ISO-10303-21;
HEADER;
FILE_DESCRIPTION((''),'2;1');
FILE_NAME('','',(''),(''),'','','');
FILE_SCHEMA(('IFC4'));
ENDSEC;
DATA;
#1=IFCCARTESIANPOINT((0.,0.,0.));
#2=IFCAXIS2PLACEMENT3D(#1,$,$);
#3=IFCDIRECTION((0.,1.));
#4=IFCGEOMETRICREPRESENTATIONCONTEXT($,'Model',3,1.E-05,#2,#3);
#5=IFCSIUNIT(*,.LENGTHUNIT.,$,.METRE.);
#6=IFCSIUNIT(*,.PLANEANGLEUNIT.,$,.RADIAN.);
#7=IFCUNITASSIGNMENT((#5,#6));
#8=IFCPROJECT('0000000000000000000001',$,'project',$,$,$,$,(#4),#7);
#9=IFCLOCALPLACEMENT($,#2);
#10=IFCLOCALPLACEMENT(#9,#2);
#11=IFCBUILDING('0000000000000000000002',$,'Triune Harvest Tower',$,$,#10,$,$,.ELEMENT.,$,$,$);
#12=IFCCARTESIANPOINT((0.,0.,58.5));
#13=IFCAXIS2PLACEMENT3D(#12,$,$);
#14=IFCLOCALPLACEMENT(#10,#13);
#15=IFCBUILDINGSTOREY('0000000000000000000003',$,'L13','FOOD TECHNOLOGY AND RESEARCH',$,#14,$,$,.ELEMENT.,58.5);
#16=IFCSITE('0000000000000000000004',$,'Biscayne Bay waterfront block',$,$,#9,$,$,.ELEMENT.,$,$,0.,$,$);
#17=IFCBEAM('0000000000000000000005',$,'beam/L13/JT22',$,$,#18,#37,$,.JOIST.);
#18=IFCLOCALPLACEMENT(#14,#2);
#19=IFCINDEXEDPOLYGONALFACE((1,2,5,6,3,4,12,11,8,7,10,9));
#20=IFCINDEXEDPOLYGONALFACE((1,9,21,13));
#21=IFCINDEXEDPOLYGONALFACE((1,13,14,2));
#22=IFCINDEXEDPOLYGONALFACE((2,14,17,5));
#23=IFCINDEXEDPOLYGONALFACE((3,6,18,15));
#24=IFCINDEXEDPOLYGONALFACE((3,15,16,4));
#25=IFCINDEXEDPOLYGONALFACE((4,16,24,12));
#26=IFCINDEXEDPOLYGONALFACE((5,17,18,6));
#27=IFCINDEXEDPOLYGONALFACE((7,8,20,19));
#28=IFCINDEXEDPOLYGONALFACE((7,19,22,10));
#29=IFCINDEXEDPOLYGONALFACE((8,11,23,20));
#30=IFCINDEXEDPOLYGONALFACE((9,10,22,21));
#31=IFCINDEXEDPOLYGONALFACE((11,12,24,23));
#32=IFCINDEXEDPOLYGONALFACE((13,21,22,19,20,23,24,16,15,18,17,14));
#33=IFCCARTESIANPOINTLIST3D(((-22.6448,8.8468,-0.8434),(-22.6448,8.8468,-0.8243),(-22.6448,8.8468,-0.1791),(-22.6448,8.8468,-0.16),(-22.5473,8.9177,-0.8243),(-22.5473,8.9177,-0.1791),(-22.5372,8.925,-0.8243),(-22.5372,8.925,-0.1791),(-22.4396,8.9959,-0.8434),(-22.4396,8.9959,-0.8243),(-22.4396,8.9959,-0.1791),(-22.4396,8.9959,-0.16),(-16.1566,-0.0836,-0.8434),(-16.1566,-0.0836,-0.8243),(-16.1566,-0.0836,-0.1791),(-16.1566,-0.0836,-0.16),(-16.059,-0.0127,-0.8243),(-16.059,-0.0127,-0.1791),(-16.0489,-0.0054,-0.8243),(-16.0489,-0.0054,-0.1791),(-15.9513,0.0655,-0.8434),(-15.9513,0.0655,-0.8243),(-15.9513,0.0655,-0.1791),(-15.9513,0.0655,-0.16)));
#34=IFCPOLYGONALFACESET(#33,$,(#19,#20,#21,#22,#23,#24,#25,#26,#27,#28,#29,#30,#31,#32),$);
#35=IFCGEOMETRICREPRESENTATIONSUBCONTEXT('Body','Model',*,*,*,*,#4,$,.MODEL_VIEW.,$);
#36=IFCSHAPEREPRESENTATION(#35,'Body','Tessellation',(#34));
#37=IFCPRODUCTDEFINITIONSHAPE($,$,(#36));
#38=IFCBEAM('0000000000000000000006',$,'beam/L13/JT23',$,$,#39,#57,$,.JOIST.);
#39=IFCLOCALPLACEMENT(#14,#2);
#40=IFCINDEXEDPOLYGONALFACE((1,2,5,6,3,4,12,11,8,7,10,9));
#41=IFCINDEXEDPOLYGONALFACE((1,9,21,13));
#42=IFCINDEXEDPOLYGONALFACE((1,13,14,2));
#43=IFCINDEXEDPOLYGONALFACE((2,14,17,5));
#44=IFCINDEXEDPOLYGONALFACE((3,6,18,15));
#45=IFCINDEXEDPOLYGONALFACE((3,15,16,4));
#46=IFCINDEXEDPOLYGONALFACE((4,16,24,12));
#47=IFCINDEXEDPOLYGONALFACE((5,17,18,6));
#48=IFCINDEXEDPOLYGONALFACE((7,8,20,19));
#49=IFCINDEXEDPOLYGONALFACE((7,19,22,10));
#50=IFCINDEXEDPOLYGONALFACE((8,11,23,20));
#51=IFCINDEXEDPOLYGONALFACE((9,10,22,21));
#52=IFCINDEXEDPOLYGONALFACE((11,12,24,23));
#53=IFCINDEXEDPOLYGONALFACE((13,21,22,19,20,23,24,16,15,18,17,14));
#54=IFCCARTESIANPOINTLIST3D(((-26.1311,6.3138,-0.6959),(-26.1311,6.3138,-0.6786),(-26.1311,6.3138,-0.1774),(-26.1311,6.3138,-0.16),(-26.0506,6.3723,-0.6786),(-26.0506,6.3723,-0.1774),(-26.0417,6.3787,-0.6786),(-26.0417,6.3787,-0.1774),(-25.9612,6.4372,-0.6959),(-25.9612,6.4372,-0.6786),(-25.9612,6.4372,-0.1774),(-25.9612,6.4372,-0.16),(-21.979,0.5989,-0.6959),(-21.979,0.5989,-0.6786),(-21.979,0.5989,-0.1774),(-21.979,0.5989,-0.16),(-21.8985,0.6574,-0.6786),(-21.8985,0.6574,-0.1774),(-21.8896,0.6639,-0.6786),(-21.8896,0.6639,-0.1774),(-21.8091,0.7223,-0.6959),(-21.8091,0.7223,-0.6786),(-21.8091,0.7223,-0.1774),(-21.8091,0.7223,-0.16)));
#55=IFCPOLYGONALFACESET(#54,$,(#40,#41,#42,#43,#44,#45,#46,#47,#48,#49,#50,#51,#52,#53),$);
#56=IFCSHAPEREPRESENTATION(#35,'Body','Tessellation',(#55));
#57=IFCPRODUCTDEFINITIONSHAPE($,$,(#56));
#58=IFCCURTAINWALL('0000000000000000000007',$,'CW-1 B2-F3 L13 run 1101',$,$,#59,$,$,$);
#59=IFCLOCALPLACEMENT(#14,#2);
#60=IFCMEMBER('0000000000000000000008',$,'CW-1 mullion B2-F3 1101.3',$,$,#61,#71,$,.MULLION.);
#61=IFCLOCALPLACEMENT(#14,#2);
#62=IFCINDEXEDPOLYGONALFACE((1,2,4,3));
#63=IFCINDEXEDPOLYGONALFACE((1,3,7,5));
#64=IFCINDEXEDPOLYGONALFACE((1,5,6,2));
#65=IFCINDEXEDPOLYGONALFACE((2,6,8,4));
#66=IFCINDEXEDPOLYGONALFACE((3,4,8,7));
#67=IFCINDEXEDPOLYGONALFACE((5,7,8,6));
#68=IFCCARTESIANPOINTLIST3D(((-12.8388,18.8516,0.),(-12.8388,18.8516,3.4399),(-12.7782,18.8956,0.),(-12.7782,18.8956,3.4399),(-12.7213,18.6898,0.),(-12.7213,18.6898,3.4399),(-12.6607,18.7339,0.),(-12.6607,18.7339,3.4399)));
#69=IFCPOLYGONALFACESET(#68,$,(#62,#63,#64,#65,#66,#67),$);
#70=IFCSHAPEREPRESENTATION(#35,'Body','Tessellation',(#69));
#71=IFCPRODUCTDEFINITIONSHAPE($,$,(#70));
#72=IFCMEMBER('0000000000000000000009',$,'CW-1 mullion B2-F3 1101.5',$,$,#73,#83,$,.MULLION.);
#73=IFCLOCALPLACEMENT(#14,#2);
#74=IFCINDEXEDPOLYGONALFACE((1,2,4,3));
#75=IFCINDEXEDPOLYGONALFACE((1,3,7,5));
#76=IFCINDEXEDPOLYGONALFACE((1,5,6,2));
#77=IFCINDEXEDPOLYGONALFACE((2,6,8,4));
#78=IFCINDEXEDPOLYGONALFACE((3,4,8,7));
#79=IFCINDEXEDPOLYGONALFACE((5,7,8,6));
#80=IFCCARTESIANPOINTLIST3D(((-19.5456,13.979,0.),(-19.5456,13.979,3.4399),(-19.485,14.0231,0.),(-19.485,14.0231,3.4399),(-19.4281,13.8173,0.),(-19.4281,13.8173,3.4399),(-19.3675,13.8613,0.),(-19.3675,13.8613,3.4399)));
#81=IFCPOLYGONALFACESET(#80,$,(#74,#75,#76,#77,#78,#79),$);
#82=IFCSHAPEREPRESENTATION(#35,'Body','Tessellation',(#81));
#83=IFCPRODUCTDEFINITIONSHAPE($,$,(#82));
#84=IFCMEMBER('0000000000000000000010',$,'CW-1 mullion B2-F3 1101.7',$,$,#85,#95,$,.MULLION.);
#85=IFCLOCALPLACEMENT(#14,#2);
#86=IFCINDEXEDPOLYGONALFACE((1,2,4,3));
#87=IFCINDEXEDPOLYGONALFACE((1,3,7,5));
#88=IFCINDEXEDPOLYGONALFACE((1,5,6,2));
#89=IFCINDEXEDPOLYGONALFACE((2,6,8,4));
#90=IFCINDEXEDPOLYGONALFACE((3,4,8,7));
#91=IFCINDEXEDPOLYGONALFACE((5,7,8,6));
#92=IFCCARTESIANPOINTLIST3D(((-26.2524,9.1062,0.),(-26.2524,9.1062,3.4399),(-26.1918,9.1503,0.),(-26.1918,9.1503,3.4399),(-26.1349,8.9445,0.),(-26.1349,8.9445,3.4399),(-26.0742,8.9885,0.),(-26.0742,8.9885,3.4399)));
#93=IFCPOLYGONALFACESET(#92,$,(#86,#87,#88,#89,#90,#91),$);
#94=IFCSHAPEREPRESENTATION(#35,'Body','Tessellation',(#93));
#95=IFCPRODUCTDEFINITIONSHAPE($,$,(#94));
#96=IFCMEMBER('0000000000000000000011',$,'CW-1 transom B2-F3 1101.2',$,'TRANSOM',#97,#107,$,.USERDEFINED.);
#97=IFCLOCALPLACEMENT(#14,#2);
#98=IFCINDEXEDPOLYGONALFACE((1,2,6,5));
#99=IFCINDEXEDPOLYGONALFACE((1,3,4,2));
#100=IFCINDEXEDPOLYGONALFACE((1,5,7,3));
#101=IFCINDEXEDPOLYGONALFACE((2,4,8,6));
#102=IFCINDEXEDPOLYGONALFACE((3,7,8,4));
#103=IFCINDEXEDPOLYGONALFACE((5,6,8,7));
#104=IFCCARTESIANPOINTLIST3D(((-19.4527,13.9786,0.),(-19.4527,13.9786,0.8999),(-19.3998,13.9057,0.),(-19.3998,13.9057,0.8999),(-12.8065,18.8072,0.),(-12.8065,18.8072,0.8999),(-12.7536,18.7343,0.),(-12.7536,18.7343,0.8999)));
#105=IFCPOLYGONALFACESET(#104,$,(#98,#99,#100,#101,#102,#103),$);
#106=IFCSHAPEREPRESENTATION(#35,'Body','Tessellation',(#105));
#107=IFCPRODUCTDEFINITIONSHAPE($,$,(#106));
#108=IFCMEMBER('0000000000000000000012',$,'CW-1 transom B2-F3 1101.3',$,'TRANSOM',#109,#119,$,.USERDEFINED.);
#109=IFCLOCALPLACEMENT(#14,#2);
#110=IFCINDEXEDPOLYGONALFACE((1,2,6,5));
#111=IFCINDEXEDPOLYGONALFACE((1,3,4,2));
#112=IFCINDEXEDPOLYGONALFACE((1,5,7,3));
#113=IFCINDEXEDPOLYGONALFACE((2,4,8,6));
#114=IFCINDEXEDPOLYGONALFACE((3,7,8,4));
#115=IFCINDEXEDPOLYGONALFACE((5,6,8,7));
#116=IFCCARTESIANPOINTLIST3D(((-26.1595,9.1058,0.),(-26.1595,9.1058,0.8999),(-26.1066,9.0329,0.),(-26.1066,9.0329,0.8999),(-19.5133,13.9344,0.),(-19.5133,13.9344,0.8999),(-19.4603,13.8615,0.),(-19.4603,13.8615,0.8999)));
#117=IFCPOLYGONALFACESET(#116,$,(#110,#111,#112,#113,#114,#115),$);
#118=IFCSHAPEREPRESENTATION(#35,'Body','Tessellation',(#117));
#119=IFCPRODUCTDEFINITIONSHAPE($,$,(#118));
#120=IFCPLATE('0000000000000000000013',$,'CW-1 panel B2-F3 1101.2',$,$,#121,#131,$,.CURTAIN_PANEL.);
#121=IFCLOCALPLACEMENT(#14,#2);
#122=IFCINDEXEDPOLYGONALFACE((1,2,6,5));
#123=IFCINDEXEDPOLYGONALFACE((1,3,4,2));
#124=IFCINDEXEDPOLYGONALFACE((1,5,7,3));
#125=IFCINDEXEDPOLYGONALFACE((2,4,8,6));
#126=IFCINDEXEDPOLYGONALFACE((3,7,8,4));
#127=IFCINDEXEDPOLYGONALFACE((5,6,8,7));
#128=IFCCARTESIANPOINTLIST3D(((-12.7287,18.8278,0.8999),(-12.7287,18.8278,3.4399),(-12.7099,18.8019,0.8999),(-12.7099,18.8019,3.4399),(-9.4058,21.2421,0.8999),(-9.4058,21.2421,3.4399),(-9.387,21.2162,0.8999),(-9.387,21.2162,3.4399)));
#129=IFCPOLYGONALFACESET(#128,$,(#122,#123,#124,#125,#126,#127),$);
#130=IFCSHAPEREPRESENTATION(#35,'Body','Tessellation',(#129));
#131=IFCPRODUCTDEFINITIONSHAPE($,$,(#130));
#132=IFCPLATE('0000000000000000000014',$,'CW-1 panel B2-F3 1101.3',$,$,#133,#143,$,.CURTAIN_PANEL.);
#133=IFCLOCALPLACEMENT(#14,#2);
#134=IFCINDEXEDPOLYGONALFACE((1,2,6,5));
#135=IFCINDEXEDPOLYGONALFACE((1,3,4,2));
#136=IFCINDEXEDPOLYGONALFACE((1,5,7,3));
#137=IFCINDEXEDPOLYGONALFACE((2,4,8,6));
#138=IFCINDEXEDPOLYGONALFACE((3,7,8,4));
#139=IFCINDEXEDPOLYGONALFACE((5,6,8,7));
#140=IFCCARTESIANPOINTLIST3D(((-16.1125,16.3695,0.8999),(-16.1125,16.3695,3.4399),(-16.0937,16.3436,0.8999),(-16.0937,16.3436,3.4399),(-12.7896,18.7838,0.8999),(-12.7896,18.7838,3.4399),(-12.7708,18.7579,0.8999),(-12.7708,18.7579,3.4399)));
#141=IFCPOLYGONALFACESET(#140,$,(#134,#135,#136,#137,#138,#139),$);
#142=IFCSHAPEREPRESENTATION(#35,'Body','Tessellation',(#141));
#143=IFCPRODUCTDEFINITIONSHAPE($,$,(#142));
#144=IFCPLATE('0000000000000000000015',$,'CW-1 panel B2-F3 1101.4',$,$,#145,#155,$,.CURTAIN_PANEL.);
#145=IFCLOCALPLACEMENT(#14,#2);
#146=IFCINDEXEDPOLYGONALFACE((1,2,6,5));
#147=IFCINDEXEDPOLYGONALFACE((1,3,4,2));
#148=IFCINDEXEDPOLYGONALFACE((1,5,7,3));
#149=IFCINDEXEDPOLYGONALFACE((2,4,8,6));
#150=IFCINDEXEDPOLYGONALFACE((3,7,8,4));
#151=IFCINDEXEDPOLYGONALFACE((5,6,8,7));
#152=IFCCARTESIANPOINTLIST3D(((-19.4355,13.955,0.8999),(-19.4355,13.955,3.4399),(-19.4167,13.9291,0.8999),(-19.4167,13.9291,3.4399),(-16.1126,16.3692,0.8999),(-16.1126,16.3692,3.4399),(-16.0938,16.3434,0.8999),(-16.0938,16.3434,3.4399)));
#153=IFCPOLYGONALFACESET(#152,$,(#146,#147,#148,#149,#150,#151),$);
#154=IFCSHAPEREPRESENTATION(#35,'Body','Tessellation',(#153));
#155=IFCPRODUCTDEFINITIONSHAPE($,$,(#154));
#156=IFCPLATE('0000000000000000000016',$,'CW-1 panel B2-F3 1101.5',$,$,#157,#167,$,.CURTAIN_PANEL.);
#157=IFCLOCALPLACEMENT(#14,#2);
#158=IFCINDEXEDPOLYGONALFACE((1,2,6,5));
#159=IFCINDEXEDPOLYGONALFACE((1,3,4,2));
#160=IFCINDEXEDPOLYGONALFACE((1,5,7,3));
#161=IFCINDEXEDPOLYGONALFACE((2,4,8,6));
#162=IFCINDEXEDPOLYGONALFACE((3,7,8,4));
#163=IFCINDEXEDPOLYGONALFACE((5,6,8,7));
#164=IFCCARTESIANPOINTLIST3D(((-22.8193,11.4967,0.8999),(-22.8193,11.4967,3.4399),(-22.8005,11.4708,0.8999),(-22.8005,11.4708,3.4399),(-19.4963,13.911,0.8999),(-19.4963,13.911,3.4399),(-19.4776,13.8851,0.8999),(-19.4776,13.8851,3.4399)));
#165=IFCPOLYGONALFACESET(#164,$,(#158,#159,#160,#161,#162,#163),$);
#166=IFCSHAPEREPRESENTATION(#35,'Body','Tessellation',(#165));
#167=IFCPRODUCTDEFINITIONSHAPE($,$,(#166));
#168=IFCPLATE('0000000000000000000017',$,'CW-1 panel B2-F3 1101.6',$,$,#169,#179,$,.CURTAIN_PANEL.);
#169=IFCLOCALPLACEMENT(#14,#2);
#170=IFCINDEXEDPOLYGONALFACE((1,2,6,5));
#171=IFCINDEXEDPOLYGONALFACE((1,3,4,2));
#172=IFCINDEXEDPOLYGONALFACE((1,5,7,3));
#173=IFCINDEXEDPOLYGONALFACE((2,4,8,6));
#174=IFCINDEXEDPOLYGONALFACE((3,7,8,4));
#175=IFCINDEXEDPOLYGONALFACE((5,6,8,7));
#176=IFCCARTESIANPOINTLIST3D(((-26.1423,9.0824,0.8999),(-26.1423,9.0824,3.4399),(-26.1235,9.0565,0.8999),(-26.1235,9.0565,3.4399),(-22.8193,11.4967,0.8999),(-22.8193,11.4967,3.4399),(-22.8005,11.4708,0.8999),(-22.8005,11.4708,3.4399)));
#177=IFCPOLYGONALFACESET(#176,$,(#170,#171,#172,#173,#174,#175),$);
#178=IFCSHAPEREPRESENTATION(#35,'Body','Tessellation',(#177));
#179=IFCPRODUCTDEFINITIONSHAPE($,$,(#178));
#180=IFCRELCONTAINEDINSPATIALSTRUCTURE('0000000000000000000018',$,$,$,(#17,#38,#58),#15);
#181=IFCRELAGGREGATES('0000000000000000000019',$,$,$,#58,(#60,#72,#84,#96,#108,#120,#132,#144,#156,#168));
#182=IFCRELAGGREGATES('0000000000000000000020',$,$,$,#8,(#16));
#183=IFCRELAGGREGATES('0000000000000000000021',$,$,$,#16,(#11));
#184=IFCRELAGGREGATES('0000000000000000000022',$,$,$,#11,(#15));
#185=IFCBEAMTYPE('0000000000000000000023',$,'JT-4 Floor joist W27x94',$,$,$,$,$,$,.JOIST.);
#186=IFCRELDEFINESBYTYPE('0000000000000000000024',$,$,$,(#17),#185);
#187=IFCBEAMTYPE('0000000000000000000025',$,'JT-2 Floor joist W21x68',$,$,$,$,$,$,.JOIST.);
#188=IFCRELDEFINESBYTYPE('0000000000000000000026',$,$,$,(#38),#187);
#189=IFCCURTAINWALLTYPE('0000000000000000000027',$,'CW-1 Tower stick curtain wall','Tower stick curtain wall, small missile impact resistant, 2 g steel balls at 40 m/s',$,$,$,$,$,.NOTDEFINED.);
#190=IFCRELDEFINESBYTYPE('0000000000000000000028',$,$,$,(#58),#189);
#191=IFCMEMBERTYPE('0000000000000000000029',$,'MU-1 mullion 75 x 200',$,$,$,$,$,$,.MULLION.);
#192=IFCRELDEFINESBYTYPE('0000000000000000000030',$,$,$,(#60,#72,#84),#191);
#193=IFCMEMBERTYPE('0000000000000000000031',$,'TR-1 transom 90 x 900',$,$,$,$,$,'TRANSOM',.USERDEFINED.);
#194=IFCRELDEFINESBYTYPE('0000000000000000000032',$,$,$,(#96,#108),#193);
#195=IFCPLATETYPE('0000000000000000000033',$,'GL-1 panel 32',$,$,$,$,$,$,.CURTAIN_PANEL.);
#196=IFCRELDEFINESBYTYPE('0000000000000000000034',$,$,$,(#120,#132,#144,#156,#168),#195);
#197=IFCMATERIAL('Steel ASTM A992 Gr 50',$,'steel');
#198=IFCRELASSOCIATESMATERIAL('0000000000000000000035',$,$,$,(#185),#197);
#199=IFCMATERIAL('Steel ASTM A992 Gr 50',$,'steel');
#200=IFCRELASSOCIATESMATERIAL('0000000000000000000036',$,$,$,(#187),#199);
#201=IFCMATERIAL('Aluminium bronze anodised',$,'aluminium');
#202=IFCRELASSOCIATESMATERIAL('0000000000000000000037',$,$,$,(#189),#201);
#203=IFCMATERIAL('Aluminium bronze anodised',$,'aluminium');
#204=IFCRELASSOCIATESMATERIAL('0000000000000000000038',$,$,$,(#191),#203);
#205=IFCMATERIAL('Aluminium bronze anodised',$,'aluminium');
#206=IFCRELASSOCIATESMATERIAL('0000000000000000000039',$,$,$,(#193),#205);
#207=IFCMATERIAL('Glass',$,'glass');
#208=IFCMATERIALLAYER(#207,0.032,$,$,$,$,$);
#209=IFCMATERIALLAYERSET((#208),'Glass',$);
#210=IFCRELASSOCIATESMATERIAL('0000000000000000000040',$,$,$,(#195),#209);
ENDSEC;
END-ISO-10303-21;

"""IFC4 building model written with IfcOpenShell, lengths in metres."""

from ifc_helpers import new_model, si_unit, direction, frame, origin, origin_2d, place, context, subcontext, project, spatial, rectangle, i_section, extrude, source, transform, mapped, material, layer, layer_set, material_profile, profile_set, type_object, element, aggregate, save


model = new_model("IFC4")

# Units and contexts
model_context = context("Model", 3, precision=1e-05, world=origin(), true_north=direction((0.0, 1.0)))
body_context = subcontext(model_context, "Body", "Model", "MODEL_VIEW")
ifc_project = project(units=[si_unit("LENGTHUNIT", "METRE"), si_unit("PLANEANGLEUNIT", "RADIAN")], contexts=[model_context])

# Site, building, storey
site_placement = place(None, origin())
site = spatial("IfcSite", under=ifc_project, at=site_placement, Name="Biscayne Bay waterfront block", CompositionType="ELEMENT", RefElevation=0.0)
building_placement = place(site_placement, origin())
building = spatial("IfcBuilding", under=site, at=building_placement, Name="Triune Harvest Tower", CompositionType="ELEMENT")
storey_placement = place(building_placement, frame((0.0, 0.0, 58.5)))
storey = spatial("IfcBuildingStorey", under=building, at=storey_placement, Name="L13", Description="FOOD TECHNOLOGY AND RESEARCH", CompositionType="ELEMENT", Elevation=58.5)

# Beams
ifc_material_1 = material(Name="Steel ASTM A992 Gr 50", Category="steel")
ifc_material_profile_1 = material_profile(ifc_material_1, i_section(OverallWidth=0.2537, OverallDepth=0.6833, WebThickness=0.0125, FlangeThickness=0.019, at=origin_2d()), Name="W27x94")
ifc_profile_set_1 = profile_set([ifc_material_profile_1], Name="Steel ASTM A992 Gr 50")
beam_type_1 = type_object("IfcBeamType", Name="JT-4 Floor joist W27x94", PredefinedType="JOIST", material=ifc_profile_set_1)
shared_shape_1 = source(origin(), body_context, "Body", "SweptSolid", [
    extrude(i_section(OverallWidth=0.2537, OverallDepth=0.6833, WebThickness=0.0125, FlangeThickness=0.019, at=origin_2d()), origin(), (0.0, 0.0, 1.0), 11.0386),
])
beam_1_placement = place(storey_placement, frame((-22.5422, 8.9214, -0.5017), z_axis=(0.587782, -0.809019, 0.0), x_axis=(0.809019, 0.587782, 0.0)))
element("IfcBeam", 1, at=beam_1_placement, inside=storey, type_object=beam_type_1, Name="beam/L13/JT22", PredefinedType="JOIST", context=body_context, shape_type="MappedRepresentation", body=[
    mapped(shared_shape_1, transform((0.0, 0.0, 0.0), scale=1.0)),
])
ifc_material_2 = material(Name="Steel ASTM A992 Gr 50", Category="steel")
ifc_material_profile_2 = material_profile(ifc_material_2, i_section(OverallWidth=0.21, OverallDepth=0.5359, WebThickness=0.011, FlangeThickness=0.0173, at=origin_2d()), Name="W21x68")
ifc_profile_set_2 = profile_set([ifc_material_profile_2], Name="Steel ASTM A992 Gr 50")
beam_type_2 = type_object("IfcBeamType", Name="JT-2 Floor joist W21x68", PredefinedType="JOIST", material=ifc_profile_set_2)
shared_shape_2 = source(origin(), body_context, "Body", "SweptSolid", [
    extrude(i_section(OverallWidth=0.21, OverallDepth=0.5359, WebThickness=0.011, FlangeThickness=0.0173, at=origin_2d()), origin(), (0.0, 0.0, 1.0), 7.064),
])
beam_2_placement = place(storey_placement, frame((-26.0461, 6.3755, -0.428), z_axis=(0.587787, -0.809015, 0.0), x_axis=(0.809015, 0.587787, 0.0)))
element("IfcBeam", 2, at=beam_2_placement, inside=storey, type_object=beam_type_2, Name="beam/L13/JT23", PredefinedType="JOIST", context=body_context, shape_type="MappedRepresentation", body=[
    mapped(shared_shape_2, transform((0.0, 0.0, 0.0), scale=1.0)),
])

# Curtain wall, members, plates
ifc_material_3 = material(Name="Aluminium bronze anodised", Category="aluminium")
curtain_wall_type = type_object("IfcCurtainWallType", Name="CW-1 Tower stick curtain wall", Description="Tower stick curtain wall, small missile impact resistant, 2 g steel balls at 40 m/s", PredefinedType="NOTDEFINED", material=ifc_material_3)
curtain_wall_placement = place(storey_placement, origin())
curtain_wall = element("IfcCurtainWall", 3, at=curtain_wall_placement, inside=storey, type_object=curtain_wall_type, Name="CW-1 B2-F3 L13 run 1101")
ifc_material_4 = material(Name="Aluminium bronze anodised", Category="aluminium")
ifc_material_profile_3 = material_profile(ifc_material_4, rectangle(XDim=0.2, YDim=0.075, at=origin_2d()), Name="MU-1 mullion 75 x 200")
ifc_profile_set_3 = profile_set([ifc_material_profile_3], Name="Aluminium bronze anodised")
member_type_1 = type_object("IfcMemberType", Name="MU-1 mullion 75 x 200", PredefinedType="MULLION", material=ifc_profile_set_3)
shared_shape_3 = source(origin(), body_context, "Body", "SweptSolid", [
    extrude(rectangle(XDim=0.2, YDim=0.075, at=origin_2d()), origin(), (0.0, 0.0, 1.0), 3.4399),
])
member_1_placement = place(storey_placement, frame((-12.7498, 18.7927, 0.0), z_axis=(0.0, 0.0, 1.0), x_axis=(0.587785, -0.809017, 0.0)))
member_1 = element("IfcMember", 4, at=member_1_placement, type_object=member_type_1, Name="CW-1 mullion B2-F3 1101.3", PredefinedType="MULLION", context=body_context, shape_type="MappedRepresentation", body=[
    mapped(shared_shape_3, transform((0.0, 0.0, 0.0), scale=1.0)),
])
member_2_placement = place(storey_placement, frame((-19.4565, 13.9202, 0.0), z_axis=(0.0, 0.0, 1.0), x_axis=(0.587785, -0.809017, 0.0)))
member_2 = element("IfcMember", 5, at=member_2_placement, type_object=member_type_1, Name="CW-1 mullion B2-F3 1101.5", PredefinedType="MULLION", context=body_context, shape_type="MappedRepresentation", body=[
    mapped(shared_shape_3, transform((0.0, 0.0, 0.0), scale=1.0)),
])
member_3_placement = place(storey_placement, frame((-26.1633, 9.0474, 0.0), z_axis=(0.0, 0.0, 1.0), x_axis=(0.587785, -0.809017, 0.0)))
member_3 = element("IfcMember", 6, at=member_3_placement, type_object=member_type_1, Name="CW-1 mullion B2-F3 1101.7", PredefinedType="MULLION", context=body_context, shape_type="MappedRepresentation", body=[
    mapped(shared_shape_3, transform((0.0, 0.0, 0.0), scale=1.0)),
])
ifc_material_5 = material(Name="Aluminium bronze anodised", Category="aluminium")
ifc_material_profile_4 = material_profile(ifc_material_5, rectangle(XDim=0.0901, YDim=0.8999, at=origin_2d()), Name="TR-1 transom 90 x 900")
ifc_profile_set_4 = profile_set([ifc_material_profile_4], Name="Aluminium bronze anodised")
member_type_2 = type_object("IfcMemberType", Name="TR-1 transom 90 x 900", ElementType="TRANSOM", PredefinedType="USERDEFINED", material=ifc_profile_set_4)
shared_shape_4 = source(origin(), body_context, "Body", "SweptSolid", [
    extrude(rectangle(XDim=0.0901, YDim=0.8999, at=origin_2d()), origin(), (0.0, 0.0, 1.0), 8.2151),
])
member_4_placement = place(storey_placement, frame((-12.78, 18.7708, 0.45), z_axis=(-0.809026, -0.587772, 0.0), x_axis=(0.587772, -0.809026, 0.0)))
member_4 = element("IfcMember", 7, at=member_4_placement, type_object=member_type_2, Name="CW-1 transom B2-F3 1101.2", ObjectType="TRANSOM", PredefinedType="USERDEFINED", context=body_context, shape_type="MappedRepresentation", body=[
    mapped(shared_shape_4, transform((0.0, 0.0, 0.0), scale=1.0)),
])
member_5_placement = place(storey_placement, frame((-19.4868, 13.8979, 0.45), z_axis=(-0.809026, -0.587772, 0.0), x_axis=(0.587772, -0.809026, 0.0)))
member_5 = element("IfcMember", 8, at=member_5_placement, type_object=member_type_2, Name="CW-1 transom B2-F3 1101.3", ObjectType="TRANSOM", PredefinedType="USERDEFINED", context=body_context, shape_type="MappedRepresentation", body=[
    mapped(shared_shape_4, transform((0.0, 0.0, 0.0), scale=1.0)),
])
ifc_material_6 = material(Name="Glass", Category="glass")
ifc_layer_1 = layer(ifc_material_6, 0.032)
ifc_layer_set_1 = layer_set([ifc_layer_1], Name="Glass")
plate_type = type_object("IfcPlateType", Name="GL-1 panel 32", PredefinedType="CURTAIN_PANEL", material=ifc_layer_set_1)
shared_shape_5 = source(origin(), body_context, "Body", "SweptSolid", [
    extrude(rectangle(XDim=4.1074, YDim=0.032, at=origin_2d()), origin(), (0.0, 0.0, 1.0), 2.54),
])
plate_1_placement = place(storey_placement, frame((-11.0579, 20.022, 0.8999), z_axis=(0.0, 0.0, 1.0), x_axis=(-0.809017, -0.587785, 0.0)))
plate_1 = element("IfcPlate", 9, at=plate_1_placement, type_object=plate_type, Name="CW-1 panel B2-F3 1101.2", PredefinedType="CURTAIN_PANEL", context=body_context, shape_type="MappedRepresentation", body=[
    mapped(shared_shape_5, transform((0.0, 0.0, 0.0), scale=1.0)),
])
plate_2_placement = place(storey_placement, frame((-14.4417, 17.5637, 0.8999), z_axis=(0.0, 0.0, 1.0), x_axis=(-0.809017, -0.587785, 0.0)))
plate_2 = element("IfcPlate", 10, at=plate_2_placement, type_object=plate_type, Name="CW-1 panel B2-F3 1101.3", PredefinedType="CURTAIN_PANEL", context=body_context, shape_type="MappedRepresentation", body=[
    mapped(shared_shape_5, transform((0.0, 0.0, 0.0), scale=1.0)),
])
plate_3_placement = place(storey_placement, frame((-17.7646, 15.1492, 0.8999), z_axis=(0.0, 0.0, 1.0), x_axis=(-0.809017, -0.587785, 0.0)))
plate_3 = element("IfcPlate", 11, at=plate_3_placement, type_object=plate_type, Name="CW-1 panel B2-F3 1101.4", PredefinedType="CURTAIN_PANEL", context=body_context, shape_type="MappedRepresentation", body=[
    mapped(shared_shape_5, transform((0.0, 0.0, 0.0), scale=1.0)),
])
plate_4_placement = place(storey_placement, frame((-21.1484, 12.6909, 0.8999), z_axis=(0.0, 0.0, 1.0), x_axis=(-0.809017, -0.587785, 0.0)))
plate_4 = element("IfcPlate", 12, at=plate_4_placement, type_object=plate_type, Name="CW-1 panel B2-F3 1101.5", PredefinedType="CURTAIN_PANEL", context=body_context, shape_type="MappedRepresentation", body=[
    mapped(shared_shape_5, transform((0.0, 0.0, 0.0), scale=1.0)),
])
plate_5_placement = place(storey_placement, frame((-24.4714, 10.2766, 0.8999), z_axis=(0.0, 0.0, 1.0), x_axis=(-0.809017, -0.587785, 0.0)))
plate_5 = element("IfcPlate", 13, at=plate_5_placement, type_object=plate_type, Name="CW-1 panel B2-F3 1101.6", PredefinedType="CURTAIN_PANEL", context=body_context, shape_type="MappedRepresentation", body=[
    mapped(shared_shape_5, transform((0.0, 0.0, 0.0), scale=1.0)),
])
aggregate(curtain_wall, [member_1, member_2, member_3, member_4, member_5, plate_1, plate_2, plate_3, plate_4, plate_5])

save(model, "model.ifc")
